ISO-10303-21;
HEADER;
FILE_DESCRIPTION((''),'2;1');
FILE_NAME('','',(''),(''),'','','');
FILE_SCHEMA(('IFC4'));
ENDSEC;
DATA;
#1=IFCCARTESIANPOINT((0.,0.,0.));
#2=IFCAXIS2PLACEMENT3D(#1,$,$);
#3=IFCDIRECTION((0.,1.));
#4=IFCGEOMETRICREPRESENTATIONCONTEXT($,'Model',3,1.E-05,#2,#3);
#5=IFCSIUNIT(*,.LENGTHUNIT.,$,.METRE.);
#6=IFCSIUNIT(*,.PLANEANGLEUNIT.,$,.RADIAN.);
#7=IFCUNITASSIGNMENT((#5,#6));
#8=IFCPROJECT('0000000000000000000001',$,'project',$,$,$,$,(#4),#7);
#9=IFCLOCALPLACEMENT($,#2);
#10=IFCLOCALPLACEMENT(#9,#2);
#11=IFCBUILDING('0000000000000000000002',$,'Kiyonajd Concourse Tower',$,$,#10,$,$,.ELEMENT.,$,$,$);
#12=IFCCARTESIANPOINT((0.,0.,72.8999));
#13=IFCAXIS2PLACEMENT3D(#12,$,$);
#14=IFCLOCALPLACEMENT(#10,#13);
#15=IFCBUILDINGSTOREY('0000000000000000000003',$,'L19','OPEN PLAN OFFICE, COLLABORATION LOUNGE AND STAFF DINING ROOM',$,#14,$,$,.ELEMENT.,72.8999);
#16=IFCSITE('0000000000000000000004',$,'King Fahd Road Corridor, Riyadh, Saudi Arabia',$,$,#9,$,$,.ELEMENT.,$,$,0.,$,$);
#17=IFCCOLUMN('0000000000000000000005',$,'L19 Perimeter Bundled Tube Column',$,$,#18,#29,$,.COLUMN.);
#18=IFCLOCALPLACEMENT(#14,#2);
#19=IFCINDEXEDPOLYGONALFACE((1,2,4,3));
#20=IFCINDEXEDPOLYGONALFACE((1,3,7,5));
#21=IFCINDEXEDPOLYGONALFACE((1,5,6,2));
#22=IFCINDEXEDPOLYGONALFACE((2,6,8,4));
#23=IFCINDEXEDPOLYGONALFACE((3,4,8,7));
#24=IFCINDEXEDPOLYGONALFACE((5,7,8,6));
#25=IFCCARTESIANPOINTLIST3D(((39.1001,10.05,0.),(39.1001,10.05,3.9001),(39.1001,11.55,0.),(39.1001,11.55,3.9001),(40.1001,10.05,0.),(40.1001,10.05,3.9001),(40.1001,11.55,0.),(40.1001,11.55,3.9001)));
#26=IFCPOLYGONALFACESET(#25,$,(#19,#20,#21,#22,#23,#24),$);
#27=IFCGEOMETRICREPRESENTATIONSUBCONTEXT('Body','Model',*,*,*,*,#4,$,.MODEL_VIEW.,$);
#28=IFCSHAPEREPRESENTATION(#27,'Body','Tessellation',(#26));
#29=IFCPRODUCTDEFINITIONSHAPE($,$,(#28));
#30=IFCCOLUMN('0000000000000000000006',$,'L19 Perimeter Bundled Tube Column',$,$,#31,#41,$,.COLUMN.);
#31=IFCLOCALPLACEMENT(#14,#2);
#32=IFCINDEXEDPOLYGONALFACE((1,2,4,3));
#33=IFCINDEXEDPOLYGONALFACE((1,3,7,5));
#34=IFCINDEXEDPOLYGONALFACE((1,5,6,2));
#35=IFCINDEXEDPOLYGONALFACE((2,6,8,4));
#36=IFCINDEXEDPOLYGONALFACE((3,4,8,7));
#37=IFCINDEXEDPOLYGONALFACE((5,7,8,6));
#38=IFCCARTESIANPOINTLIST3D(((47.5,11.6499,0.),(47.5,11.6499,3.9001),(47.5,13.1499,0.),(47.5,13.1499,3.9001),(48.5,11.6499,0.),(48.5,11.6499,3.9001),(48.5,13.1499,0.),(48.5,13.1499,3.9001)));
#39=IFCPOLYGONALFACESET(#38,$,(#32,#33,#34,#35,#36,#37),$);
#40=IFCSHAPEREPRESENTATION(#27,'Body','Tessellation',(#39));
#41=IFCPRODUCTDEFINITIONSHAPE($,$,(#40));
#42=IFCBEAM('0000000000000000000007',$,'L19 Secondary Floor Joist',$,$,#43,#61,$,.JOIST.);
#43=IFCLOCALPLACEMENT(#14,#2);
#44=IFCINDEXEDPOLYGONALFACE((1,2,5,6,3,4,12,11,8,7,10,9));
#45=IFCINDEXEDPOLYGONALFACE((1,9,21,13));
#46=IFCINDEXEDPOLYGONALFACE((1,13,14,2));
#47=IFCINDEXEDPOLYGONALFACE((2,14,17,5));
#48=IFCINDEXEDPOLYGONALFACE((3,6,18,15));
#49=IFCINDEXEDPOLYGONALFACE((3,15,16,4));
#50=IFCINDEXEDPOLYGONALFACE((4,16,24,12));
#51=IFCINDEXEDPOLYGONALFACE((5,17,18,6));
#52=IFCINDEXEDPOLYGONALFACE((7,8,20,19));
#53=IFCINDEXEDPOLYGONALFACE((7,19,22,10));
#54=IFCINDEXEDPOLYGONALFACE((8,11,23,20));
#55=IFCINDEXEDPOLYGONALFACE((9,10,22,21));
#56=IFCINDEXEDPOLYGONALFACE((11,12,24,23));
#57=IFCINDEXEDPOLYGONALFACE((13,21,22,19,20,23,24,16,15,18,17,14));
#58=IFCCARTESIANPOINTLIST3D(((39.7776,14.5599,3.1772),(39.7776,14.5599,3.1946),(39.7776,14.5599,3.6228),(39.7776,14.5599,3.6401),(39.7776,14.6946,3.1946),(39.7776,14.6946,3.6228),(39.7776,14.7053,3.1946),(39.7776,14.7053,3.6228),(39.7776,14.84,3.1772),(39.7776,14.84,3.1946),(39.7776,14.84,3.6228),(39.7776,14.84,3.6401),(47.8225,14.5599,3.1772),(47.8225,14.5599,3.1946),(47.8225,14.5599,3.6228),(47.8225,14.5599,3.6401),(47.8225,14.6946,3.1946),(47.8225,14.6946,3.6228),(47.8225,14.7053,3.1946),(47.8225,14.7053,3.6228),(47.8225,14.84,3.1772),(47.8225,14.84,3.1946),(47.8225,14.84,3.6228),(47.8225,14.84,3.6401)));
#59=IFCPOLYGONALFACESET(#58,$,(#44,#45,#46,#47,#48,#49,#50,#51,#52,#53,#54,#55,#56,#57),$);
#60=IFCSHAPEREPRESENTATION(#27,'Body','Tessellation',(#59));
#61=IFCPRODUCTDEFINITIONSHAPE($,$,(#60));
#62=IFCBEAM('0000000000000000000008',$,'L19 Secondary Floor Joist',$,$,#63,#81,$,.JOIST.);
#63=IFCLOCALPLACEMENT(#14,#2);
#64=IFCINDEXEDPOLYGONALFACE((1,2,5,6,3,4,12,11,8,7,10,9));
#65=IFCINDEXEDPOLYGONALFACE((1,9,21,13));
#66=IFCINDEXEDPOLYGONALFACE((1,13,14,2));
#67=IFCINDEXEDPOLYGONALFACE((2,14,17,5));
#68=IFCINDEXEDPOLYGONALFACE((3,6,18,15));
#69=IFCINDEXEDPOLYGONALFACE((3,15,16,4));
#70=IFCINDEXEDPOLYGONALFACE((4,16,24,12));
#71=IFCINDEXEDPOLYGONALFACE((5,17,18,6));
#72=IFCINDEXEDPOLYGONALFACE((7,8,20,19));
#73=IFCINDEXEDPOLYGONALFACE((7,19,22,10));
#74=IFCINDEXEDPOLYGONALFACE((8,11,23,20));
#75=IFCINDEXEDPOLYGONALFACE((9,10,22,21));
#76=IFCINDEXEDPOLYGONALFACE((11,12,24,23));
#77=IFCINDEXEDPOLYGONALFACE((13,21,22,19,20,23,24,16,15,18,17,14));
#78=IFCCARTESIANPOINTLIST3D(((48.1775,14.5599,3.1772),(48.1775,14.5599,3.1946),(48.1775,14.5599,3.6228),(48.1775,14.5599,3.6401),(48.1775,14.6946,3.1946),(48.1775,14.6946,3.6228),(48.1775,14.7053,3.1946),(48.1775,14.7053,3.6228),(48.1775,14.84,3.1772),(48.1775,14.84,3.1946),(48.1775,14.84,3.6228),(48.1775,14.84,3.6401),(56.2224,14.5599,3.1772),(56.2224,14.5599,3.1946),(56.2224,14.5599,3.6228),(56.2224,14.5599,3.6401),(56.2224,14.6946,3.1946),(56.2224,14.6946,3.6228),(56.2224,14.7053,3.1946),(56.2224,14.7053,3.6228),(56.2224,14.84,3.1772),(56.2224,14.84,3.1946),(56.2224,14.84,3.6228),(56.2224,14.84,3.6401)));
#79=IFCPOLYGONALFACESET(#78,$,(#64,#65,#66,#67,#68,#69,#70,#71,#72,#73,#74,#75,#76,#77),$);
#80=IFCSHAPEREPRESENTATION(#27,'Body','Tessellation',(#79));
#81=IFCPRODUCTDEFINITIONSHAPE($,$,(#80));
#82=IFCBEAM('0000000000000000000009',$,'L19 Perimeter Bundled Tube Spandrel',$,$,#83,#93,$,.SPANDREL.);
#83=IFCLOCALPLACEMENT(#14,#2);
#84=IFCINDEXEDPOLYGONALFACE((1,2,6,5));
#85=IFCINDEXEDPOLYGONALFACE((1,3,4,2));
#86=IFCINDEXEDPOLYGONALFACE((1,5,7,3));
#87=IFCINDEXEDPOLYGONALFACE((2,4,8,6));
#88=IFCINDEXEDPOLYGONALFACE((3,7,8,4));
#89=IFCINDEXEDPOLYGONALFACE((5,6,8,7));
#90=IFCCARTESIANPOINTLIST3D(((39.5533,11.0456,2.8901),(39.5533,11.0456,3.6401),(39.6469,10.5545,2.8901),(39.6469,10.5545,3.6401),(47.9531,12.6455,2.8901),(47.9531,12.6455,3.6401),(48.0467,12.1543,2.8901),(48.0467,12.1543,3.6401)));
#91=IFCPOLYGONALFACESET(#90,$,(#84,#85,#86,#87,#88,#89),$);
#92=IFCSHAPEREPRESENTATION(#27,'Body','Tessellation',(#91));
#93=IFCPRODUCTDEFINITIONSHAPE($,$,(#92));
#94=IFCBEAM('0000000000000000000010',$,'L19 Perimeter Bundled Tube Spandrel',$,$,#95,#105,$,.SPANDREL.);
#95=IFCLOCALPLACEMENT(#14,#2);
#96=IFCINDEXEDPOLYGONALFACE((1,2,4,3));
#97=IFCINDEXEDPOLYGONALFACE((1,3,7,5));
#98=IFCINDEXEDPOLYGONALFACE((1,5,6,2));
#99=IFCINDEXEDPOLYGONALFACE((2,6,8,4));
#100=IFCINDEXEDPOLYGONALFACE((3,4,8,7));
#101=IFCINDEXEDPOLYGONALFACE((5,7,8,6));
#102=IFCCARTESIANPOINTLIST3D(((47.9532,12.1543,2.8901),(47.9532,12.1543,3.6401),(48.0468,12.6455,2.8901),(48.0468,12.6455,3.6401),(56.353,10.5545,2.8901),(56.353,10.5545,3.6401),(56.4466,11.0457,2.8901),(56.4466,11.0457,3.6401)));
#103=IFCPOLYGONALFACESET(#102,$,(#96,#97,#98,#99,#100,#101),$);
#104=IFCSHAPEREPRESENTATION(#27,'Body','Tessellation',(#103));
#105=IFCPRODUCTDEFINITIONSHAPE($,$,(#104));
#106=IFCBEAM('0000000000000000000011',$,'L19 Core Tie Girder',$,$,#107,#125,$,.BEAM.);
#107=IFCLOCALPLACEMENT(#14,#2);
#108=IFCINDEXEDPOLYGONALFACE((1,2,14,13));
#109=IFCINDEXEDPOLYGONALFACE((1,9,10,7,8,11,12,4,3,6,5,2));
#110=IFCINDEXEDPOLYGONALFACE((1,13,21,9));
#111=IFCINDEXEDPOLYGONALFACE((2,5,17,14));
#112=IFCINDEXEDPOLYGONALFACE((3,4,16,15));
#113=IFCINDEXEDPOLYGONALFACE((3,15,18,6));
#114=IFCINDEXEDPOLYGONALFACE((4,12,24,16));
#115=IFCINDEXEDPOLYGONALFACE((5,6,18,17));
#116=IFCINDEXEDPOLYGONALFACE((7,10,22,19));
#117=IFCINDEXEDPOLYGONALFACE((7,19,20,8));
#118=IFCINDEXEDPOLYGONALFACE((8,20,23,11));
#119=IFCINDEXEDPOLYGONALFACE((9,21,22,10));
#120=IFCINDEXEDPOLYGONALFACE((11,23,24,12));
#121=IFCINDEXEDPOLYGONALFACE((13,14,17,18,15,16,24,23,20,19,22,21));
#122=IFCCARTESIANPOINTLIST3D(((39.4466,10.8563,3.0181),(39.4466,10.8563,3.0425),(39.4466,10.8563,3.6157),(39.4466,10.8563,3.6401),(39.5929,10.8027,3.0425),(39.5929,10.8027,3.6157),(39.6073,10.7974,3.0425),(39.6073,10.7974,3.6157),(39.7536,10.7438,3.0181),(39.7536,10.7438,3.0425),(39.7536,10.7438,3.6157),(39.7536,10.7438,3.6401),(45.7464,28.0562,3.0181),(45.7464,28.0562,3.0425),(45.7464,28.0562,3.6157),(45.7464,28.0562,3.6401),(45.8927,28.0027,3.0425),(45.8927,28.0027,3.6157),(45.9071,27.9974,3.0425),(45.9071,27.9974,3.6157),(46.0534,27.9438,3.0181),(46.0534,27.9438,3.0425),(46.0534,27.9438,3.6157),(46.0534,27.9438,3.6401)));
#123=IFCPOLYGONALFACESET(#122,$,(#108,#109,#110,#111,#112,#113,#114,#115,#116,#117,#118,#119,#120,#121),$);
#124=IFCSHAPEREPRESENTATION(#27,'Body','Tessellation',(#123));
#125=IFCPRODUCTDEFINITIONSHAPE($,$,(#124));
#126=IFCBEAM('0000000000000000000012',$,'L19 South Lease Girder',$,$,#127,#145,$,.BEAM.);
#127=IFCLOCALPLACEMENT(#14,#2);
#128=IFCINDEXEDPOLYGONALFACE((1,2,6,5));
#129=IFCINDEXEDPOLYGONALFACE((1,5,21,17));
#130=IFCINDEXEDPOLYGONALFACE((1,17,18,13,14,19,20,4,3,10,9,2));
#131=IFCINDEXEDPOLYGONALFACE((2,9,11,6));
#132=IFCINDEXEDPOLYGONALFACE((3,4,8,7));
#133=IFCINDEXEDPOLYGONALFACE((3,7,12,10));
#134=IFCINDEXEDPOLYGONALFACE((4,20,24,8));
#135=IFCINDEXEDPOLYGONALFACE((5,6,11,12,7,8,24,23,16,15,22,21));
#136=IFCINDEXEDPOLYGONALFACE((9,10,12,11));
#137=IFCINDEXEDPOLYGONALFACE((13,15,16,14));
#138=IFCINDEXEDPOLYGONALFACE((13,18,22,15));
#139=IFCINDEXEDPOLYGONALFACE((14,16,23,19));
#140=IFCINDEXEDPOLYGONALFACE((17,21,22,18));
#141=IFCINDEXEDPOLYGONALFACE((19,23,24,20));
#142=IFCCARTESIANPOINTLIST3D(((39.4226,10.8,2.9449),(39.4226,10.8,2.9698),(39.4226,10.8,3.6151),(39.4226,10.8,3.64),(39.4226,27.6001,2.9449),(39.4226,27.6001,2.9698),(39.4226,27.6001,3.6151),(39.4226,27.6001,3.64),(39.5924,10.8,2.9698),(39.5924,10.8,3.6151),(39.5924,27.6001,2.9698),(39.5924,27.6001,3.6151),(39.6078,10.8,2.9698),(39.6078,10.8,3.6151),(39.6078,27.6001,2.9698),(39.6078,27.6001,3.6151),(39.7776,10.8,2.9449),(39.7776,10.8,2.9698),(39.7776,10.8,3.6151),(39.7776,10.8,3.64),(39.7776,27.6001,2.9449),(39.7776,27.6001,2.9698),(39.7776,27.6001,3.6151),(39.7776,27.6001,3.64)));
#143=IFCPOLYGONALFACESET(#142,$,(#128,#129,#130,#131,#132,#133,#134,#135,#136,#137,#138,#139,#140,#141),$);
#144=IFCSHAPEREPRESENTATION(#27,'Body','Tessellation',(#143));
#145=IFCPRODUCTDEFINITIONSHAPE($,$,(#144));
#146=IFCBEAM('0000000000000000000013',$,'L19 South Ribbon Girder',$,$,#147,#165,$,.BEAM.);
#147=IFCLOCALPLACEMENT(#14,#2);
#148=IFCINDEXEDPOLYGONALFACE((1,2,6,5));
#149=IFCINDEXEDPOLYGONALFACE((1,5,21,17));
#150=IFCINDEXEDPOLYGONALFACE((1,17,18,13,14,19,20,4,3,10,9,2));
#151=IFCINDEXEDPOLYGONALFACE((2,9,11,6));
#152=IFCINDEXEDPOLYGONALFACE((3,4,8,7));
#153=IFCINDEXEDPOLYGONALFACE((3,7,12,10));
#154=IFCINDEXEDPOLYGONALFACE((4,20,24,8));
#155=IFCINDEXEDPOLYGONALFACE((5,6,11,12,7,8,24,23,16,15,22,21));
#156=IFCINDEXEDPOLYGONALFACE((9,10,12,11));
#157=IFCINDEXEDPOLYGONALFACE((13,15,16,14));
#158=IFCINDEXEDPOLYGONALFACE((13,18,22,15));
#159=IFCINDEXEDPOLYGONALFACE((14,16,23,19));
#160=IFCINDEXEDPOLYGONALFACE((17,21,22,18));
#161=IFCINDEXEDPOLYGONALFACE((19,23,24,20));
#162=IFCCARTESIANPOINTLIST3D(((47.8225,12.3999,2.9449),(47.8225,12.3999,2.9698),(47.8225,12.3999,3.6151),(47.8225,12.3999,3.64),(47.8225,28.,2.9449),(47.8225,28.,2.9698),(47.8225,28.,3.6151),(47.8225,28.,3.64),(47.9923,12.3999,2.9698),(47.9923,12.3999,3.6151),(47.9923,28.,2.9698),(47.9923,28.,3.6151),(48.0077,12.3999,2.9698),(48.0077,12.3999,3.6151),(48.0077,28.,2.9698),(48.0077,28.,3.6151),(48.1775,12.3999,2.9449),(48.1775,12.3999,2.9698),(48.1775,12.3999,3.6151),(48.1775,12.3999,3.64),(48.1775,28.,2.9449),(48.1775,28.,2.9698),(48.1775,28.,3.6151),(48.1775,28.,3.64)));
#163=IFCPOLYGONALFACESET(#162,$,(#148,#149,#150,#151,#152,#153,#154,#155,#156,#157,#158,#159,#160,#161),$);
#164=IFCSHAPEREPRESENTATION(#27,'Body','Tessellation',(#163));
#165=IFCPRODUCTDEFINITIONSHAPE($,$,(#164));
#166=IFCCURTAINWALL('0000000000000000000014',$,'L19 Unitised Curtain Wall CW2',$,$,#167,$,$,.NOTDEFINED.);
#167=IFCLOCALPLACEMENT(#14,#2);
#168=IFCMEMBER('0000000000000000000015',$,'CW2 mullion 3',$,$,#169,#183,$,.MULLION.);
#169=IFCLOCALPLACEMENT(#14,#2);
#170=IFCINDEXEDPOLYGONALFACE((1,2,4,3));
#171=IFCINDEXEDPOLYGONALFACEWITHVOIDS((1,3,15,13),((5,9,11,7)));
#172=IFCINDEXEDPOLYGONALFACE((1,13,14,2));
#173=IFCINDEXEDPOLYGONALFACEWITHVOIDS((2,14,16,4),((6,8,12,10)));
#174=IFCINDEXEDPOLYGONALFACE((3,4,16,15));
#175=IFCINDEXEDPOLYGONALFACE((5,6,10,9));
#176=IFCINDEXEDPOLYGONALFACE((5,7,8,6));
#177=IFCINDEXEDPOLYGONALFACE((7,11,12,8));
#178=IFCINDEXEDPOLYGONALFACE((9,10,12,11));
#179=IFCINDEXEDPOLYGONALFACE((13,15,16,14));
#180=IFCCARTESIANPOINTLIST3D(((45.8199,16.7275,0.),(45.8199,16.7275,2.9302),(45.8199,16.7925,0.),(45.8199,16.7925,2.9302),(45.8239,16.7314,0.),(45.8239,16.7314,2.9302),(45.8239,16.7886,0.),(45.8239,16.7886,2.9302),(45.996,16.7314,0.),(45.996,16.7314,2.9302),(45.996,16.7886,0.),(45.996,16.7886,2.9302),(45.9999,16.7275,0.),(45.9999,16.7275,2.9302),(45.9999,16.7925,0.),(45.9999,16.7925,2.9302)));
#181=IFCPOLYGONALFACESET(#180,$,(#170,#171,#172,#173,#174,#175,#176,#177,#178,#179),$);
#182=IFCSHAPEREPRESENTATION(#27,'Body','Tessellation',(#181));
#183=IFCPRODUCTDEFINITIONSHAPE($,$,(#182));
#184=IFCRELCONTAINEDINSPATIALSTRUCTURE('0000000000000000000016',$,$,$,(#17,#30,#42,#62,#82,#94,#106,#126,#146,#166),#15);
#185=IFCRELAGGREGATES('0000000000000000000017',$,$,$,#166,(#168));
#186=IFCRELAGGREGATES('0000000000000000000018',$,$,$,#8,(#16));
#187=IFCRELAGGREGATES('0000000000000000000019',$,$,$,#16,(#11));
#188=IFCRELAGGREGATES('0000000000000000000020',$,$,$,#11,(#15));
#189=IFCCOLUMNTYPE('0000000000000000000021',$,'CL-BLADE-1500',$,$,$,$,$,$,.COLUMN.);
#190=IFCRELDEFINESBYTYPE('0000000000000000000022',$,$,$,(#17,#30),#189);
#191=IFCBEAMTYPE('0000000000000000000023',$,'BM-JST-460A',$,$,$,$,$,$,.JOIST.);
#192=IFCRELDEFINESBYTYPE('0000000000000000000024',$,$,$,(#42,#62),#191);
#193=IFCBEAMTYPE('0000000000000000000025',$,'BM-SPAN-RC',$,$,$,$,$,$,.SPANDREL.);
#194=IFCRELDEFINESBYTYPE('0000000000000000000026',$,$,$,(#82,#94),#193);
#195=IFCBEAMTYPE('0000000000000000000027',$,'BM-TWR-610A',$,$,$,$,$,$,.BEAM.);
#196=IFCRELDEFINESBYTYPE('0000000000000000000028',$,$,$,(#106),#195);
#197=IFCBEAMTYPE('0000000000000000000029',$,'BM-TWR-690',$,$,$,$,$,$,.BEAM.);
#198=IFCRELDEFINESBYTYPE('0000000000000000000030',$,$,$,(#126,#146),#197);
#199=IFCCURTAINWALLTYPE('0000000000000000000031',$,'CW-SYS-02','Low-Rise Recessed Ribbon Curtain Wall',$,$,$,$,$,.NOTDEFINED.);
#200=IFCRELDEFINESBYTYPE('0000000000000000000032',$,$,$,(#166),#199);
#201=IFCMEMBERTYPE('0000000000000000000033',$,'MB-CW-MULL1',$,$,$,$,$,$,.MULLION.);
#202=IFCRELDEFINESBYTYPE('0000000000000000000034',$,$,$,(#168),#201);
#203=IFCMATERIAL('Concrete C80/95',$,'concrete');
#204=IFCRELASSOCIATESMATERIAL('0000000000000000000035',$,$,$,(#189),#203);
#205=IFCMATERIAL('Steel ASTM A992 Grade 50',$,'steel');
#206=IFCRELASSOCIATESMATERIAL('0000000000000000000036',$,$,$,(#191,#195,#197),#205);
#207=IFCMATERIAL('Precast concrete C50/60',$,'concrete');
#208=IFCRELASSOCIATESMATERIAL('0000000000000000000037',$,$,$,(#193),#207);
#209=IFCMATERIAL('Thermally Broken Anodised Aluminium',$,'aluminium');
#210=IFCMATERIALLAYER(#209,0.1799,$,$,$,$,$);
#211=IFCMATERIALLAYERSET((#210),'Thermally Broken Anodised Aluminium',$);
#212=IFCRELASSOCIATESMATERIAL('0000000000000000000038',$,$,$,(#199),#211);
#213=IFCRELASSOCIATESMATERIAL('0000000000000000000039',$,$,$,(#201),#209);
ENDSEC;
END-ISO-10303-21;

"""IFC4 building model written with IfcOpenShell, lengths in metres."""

from ifc_helpers import new_model, si_unit, direction, frame, origin, origin_2d, place, context, subcontext, project, spatial, rectangle, hollow_rectangle, i_section, extrude, material, layer, layer_set, material_profile, profile_set, type_object, element, aggregate, save


model = new_model("IFC4")

# Units and contexts
model_context = context("Model", 3, precision=1e-05, world=origin(), true_north=direction((0.0, 1.0)))
body_context = subcontext(model_context, "Body", "Model", "MODEL_VIEW")
ifc_project = project(units=[si_unit("LENGTHUNIT", "METRE"), si_unit("PLANEANGLEUNIT", "RADIAN")], contexts=[model_context])

# Site, building, storey
site_placement = place(None, origin())
site = spatial("IfcSite", under=ifc_project, at=site_placement, Name="King Fahd Road Corridor, Riyadh, Saudi Arabia", CompositionType="ELEMENT", RefElevation=0.0)
building_placement = place(site_placement, origin())
building = spatial("IfcBuilding", under=site, at=building_placement, Name="Kiyonajd Concourse Tower", CompositionType="ELEMENT")
storey_placement = place(building_placement, frame((0.0, 0.0, 72.8999)))
storey = spatial("IfcBuildingStorey", under=building, at=storey_placement, Name="L19", Description="OPEN PLAN OFFICE, COLLABORATION LOUNGE AND STAFF DINING ROOM", CompositionType="ELEMENT", Elevation=72.8999)

# Columns
ifc_material_1 = material(Name="Concrete C80/95", Category="concrete")
ifc_material_profile_1 = material_profile(ifc_material_1, rectangle(XDim=1.0, YDim=1.5, at=origin_2d()), Name="RC-1500x1000")
ifc_profile_set_1 = profile_set([ifc_material_profile_1], Name="Concrete C80/95")
column_type = type_object("IfcColumnType", Name="CL-BLADE-1500", PredefinedType="COLUMN", material=ifc_profile_set_1)
for number, where, z_axis, x_axis, name in (
    (1, (39.6001, 10.8, 0.0), (0.0, 0.0, 1.0), (1.0, 0.0, 0.0), "L19 Perimeter Bundled Tube Column"),
    (2, (48.0, 12.3999, 0.0), (0.0, 0.0, 1.0), (1.0, 0.0, 0.0), "L19 Perimeter Bundled Tube Column"),
):
    element("IfcColumn", number, at=place(storey_placement, frame(where, z_axis=z_axis, x_axis=x_axis)), inside=storey, type_object=column_type, Name=name, PredefinedType="COLUMN", context=body_context, shape_type="SweptSolid", body=[
        extrude(rectangle(XDim=1.0, YDim=1.5, at=origin_2d()), origin(), (0.0, 0.0, 1.0), 3.9001),
    ])

# Beams
ifc_material_2 = material(Name="Steel ASTM A992 Grade 50", Category="steel")
ifc_material_profile_2 = material_profile(ifc_material_2, i_section(OverallWidth=0.28, OverallDepth=0.4629, WebThickness=0.0107, FlangeThickness=0.0173, at=origin_2d()), Name="W460X113")
ifc_profile_set_2 = profile_set([ifc_material_profile_2], Name="Steel ASTM A992 Grade 50")
beam_type_1 = type_object("IfcBeamType", Name="BM-JST-460A", PredefinedType="JOIST", material=ifc_profile_set_2)
for number, where, z_axis, x_axis, name in (
    (3, (39.7776, 14.7, 3.4087), (1.0, 0.0, 0.0), (0.0, 1.0, 0.0), "L19 Secondary Floor Joist"),
    (4, (48.1775, 14.7, 3.4087), (1.0, 0.0, 0.0), (0.0, 1.0, 0.0), "L19 Secondary Floor Joist"),
):
    element("IfcBeam", number, at=place(storey_placement, frame(where, z_axis=z_axis, x_axis=x_axis)), inside=storey, type_object=beam_type_1, Name=name, PredefinedType="JOIST", context=body_context, shape_type="SweptSolid", body=[
        extrude(i_section(OverallWidth=0.28, OverallDepth=0.4629, WebThickness=0.0107, FlangeThickness=0.0173, at=origin_2d()), origin(), (0.0, 0.0, 1.0), 8.0449),
    ])
ifc_material_3 = material(Name="Precast concrete C50/60", Category="concrete")
ifc_material_profile_3 = material_profile(ifc_material_3, rectangle(XDim=0.5, YDim=0.75, at=origin_2d()), Name="RCBM-500x750")
ifc_profile_set_3 = profile_set([ifc_material_profile_3], Name="Precast concrete C50/60")
beam_type_2 = type_object("IfcBeamType", Name="BM-SPAN-RC", PredefinedType="SPANDREL", material=ifc_profile_set_3)
for number, where, z_axis, x_axis, name in (
    (5, (39.6001, 10.8, 3.2651), (0.982341, 0.187098, 0.0), (-0.187098, 0.982341, 0.0), "L19 Perimeter Bundled Tube Spandrel"),
    (6, (48.0, 12.3999, 3.2651), (0.982341, -0.187098, 0.0), (0.187098, 0.982341, 0.0), "L19 Perimeter Bundled Tube Spandrel"),
):
    element("IfcBeam", number, at=place(storey_placement, frame(where, z_axis=z_axis, x_axis=x_axis)), inside=storey, type_object=beam_type_2, Name=name, PredefinedType="SPANDREL", context=body_context, shape_type="SweptSolid", body=[
        extrude(rectangle(XDim=0.5, YDim=0.75, at=origin_2d()), origin(), (0.0, 0.0, 1.0), 8.5508),
    ])
ifc_material_profile_4 = material_profile(ifc_material_2, i_section(OverallWidth=0.3269, OverallDepth=0.6221, WebThickness=0.0154, FlangeThickness=0.0244, at=origin_2d()), Name="W610X195")
ifc_profile_set_4 = profile_set([ifc_material_profile_4], Name="Steel ASTM A992 Grade 50")
beam_type_3 = type_object("IfcBeamType", Name="BM-TWR-610A", PredefinedType="BEAM", material=ifc_profile_set_4)
beam_1_placement = place(storey_placement, frame((39.6001, 10.8, 3.3291), z_axis=(0.343925, 0.938997, 0.0), x_axis=(-0.938997, 0.343925, 0.0)))
element("IfcBeam", 7, at=beam_1_placement, inside=storey, type_object=beam_type_3, Name="L19 Core Tie Girder", PredefinedType="BEAM", context=body_context, shape_type="SweptSolid", body=[
    extrude(i_section(OverallWidth=0.3269, OverallDepth=0.6221, WebThickness=0.0154, FlangeThickness=0.0244, at=origin_2d()), origin(), (0.0, 0.0, 1.0), 18.3174),
])
ifc_material_profile_5 = material_profile(ifc_material_2, i_section(OverallWidth=0.355, OverallDepth=0.6951, WebThickness=0.0154, FlangeThickness=0.0249, at=origin_2d()), Name="W690X217")
ifc_profile_set_5 = profile_set([ifc_material_profile_5], Name="Steel ASTM A992 Grade 50")
beam_type_4 = type_object("IfcBeamType", Name="BM-TWR-690", PredefinedType="BEAM", material=ifc_profile_set_5)
beam_2_placement = place(storey_placement, frame((39.6001, 10.8, 3.2925), z_axis=(0.0, 1.0, 0.0), x_axis=(-1.0, 0.0, 0.0)))
element("IfcBeam", 8, at=beam_2_placement, inside=storey, type_object=beam_type_4, Name="L19 South Lease Girder", PredefinedType="BEAM", context=body_context, shape_type="SweptSolid", body=[
    extrude(i_section(OverallWidth=0.355, OverallDepth=0.6951, WebThickness=0.0154, FlangeThickness=0.0249, at=origin_2d()), origin(), (0.0, 0.0, 1.0), 16.8),
])
beam_3_placement = place(storey_placement, frame((48.0, 12.3999, 3.2925), z_axis=(0.0, 1.0, 0.0), x_axis=(-1.0, 0.0, 0.0)))
element("IfcBeam", 9, at=beam_3_placement, inside=storey, type_object=beam_type_4, Name="L19 South Ribbon Girder", PredefinedType="BEAM", context=body_context, shape_type="SweptSolid", body=[
    extrude(i_section(OverallWidth=0.355, OverallDepth=0.6951, WebThickness=0.0154, FlangeThickness=0.0249, at=origin_2d()), origin(), (0.0, 0.0, 1.0), 15.6001),
])

# Curtain wall, member
ifc_material_4 = material(Name="Thermally Broken Anodised Aluminium", Category="aluminium")
ifc_layer_1 = layer(ifc_material_4, 0.1799)
ifc_layer_set_1 = layer_set([ifc_layer_1], Name="Thermally Broken Anodised Aluminium")
curtain_wall_type = type_object("IfcCurtainWallType", Name="CW-SYS-02", Description="Low-Rise Recessed Ribbon Curtain Wall", PredefinedType="NOTDEFINED", material=ifc_layer_set_1)
curtain_wall_placement = place(storey_placement, origin())
curtain_wall = element("IfcCurtainWall", 10, at=curtain_wall_placement, inside=storey, type_object=curtain_wall_type, Name="L19 Unitised Curtain Wall CW2", PredefinedType="NOTDEFINED")
ifc_material_profile_6 = material_profile(ifc_material_4, hollow_rectangle(XDim=0.0649, YDim=0.1799, WallThickness=0.0039, at=origin_2d()), Name="MULL-65x180")
ifc_profile_set_6 = profile_set([ifc_material_profile_6], Name="Thermally Broken Anodised Aluminium")
member_type_1 = type_object("IfcMemberType", Name="MB-CW-MULL1", PredefinedType="MULLION", material=ifc_profile_set_6)
member_1_placement = place(storey_placement, frame((45.9099, 16.76, 0.0), z_axis=(0.0, 0.0, 1.0), x_axis=(0.0, -1.0, 0.0)))
member_1 = element("IfcMember", 11, at=member_1_placement, type_object=member_type_1, Name="CW2 mullion 3", PredefinedType="MULLION", context=body_context, shape_type="SweptSolid", body=[
    extrude(hollow_rectangle(XDim=0.0649, YDim=0.1799, WallThickness=0.0039, at=origin_2d()), origin(), (0.0, 0.0, 1.0), 2.9302),
])

aggregate(curtain_wall, [member_1])

save(model, "model.ifc")
